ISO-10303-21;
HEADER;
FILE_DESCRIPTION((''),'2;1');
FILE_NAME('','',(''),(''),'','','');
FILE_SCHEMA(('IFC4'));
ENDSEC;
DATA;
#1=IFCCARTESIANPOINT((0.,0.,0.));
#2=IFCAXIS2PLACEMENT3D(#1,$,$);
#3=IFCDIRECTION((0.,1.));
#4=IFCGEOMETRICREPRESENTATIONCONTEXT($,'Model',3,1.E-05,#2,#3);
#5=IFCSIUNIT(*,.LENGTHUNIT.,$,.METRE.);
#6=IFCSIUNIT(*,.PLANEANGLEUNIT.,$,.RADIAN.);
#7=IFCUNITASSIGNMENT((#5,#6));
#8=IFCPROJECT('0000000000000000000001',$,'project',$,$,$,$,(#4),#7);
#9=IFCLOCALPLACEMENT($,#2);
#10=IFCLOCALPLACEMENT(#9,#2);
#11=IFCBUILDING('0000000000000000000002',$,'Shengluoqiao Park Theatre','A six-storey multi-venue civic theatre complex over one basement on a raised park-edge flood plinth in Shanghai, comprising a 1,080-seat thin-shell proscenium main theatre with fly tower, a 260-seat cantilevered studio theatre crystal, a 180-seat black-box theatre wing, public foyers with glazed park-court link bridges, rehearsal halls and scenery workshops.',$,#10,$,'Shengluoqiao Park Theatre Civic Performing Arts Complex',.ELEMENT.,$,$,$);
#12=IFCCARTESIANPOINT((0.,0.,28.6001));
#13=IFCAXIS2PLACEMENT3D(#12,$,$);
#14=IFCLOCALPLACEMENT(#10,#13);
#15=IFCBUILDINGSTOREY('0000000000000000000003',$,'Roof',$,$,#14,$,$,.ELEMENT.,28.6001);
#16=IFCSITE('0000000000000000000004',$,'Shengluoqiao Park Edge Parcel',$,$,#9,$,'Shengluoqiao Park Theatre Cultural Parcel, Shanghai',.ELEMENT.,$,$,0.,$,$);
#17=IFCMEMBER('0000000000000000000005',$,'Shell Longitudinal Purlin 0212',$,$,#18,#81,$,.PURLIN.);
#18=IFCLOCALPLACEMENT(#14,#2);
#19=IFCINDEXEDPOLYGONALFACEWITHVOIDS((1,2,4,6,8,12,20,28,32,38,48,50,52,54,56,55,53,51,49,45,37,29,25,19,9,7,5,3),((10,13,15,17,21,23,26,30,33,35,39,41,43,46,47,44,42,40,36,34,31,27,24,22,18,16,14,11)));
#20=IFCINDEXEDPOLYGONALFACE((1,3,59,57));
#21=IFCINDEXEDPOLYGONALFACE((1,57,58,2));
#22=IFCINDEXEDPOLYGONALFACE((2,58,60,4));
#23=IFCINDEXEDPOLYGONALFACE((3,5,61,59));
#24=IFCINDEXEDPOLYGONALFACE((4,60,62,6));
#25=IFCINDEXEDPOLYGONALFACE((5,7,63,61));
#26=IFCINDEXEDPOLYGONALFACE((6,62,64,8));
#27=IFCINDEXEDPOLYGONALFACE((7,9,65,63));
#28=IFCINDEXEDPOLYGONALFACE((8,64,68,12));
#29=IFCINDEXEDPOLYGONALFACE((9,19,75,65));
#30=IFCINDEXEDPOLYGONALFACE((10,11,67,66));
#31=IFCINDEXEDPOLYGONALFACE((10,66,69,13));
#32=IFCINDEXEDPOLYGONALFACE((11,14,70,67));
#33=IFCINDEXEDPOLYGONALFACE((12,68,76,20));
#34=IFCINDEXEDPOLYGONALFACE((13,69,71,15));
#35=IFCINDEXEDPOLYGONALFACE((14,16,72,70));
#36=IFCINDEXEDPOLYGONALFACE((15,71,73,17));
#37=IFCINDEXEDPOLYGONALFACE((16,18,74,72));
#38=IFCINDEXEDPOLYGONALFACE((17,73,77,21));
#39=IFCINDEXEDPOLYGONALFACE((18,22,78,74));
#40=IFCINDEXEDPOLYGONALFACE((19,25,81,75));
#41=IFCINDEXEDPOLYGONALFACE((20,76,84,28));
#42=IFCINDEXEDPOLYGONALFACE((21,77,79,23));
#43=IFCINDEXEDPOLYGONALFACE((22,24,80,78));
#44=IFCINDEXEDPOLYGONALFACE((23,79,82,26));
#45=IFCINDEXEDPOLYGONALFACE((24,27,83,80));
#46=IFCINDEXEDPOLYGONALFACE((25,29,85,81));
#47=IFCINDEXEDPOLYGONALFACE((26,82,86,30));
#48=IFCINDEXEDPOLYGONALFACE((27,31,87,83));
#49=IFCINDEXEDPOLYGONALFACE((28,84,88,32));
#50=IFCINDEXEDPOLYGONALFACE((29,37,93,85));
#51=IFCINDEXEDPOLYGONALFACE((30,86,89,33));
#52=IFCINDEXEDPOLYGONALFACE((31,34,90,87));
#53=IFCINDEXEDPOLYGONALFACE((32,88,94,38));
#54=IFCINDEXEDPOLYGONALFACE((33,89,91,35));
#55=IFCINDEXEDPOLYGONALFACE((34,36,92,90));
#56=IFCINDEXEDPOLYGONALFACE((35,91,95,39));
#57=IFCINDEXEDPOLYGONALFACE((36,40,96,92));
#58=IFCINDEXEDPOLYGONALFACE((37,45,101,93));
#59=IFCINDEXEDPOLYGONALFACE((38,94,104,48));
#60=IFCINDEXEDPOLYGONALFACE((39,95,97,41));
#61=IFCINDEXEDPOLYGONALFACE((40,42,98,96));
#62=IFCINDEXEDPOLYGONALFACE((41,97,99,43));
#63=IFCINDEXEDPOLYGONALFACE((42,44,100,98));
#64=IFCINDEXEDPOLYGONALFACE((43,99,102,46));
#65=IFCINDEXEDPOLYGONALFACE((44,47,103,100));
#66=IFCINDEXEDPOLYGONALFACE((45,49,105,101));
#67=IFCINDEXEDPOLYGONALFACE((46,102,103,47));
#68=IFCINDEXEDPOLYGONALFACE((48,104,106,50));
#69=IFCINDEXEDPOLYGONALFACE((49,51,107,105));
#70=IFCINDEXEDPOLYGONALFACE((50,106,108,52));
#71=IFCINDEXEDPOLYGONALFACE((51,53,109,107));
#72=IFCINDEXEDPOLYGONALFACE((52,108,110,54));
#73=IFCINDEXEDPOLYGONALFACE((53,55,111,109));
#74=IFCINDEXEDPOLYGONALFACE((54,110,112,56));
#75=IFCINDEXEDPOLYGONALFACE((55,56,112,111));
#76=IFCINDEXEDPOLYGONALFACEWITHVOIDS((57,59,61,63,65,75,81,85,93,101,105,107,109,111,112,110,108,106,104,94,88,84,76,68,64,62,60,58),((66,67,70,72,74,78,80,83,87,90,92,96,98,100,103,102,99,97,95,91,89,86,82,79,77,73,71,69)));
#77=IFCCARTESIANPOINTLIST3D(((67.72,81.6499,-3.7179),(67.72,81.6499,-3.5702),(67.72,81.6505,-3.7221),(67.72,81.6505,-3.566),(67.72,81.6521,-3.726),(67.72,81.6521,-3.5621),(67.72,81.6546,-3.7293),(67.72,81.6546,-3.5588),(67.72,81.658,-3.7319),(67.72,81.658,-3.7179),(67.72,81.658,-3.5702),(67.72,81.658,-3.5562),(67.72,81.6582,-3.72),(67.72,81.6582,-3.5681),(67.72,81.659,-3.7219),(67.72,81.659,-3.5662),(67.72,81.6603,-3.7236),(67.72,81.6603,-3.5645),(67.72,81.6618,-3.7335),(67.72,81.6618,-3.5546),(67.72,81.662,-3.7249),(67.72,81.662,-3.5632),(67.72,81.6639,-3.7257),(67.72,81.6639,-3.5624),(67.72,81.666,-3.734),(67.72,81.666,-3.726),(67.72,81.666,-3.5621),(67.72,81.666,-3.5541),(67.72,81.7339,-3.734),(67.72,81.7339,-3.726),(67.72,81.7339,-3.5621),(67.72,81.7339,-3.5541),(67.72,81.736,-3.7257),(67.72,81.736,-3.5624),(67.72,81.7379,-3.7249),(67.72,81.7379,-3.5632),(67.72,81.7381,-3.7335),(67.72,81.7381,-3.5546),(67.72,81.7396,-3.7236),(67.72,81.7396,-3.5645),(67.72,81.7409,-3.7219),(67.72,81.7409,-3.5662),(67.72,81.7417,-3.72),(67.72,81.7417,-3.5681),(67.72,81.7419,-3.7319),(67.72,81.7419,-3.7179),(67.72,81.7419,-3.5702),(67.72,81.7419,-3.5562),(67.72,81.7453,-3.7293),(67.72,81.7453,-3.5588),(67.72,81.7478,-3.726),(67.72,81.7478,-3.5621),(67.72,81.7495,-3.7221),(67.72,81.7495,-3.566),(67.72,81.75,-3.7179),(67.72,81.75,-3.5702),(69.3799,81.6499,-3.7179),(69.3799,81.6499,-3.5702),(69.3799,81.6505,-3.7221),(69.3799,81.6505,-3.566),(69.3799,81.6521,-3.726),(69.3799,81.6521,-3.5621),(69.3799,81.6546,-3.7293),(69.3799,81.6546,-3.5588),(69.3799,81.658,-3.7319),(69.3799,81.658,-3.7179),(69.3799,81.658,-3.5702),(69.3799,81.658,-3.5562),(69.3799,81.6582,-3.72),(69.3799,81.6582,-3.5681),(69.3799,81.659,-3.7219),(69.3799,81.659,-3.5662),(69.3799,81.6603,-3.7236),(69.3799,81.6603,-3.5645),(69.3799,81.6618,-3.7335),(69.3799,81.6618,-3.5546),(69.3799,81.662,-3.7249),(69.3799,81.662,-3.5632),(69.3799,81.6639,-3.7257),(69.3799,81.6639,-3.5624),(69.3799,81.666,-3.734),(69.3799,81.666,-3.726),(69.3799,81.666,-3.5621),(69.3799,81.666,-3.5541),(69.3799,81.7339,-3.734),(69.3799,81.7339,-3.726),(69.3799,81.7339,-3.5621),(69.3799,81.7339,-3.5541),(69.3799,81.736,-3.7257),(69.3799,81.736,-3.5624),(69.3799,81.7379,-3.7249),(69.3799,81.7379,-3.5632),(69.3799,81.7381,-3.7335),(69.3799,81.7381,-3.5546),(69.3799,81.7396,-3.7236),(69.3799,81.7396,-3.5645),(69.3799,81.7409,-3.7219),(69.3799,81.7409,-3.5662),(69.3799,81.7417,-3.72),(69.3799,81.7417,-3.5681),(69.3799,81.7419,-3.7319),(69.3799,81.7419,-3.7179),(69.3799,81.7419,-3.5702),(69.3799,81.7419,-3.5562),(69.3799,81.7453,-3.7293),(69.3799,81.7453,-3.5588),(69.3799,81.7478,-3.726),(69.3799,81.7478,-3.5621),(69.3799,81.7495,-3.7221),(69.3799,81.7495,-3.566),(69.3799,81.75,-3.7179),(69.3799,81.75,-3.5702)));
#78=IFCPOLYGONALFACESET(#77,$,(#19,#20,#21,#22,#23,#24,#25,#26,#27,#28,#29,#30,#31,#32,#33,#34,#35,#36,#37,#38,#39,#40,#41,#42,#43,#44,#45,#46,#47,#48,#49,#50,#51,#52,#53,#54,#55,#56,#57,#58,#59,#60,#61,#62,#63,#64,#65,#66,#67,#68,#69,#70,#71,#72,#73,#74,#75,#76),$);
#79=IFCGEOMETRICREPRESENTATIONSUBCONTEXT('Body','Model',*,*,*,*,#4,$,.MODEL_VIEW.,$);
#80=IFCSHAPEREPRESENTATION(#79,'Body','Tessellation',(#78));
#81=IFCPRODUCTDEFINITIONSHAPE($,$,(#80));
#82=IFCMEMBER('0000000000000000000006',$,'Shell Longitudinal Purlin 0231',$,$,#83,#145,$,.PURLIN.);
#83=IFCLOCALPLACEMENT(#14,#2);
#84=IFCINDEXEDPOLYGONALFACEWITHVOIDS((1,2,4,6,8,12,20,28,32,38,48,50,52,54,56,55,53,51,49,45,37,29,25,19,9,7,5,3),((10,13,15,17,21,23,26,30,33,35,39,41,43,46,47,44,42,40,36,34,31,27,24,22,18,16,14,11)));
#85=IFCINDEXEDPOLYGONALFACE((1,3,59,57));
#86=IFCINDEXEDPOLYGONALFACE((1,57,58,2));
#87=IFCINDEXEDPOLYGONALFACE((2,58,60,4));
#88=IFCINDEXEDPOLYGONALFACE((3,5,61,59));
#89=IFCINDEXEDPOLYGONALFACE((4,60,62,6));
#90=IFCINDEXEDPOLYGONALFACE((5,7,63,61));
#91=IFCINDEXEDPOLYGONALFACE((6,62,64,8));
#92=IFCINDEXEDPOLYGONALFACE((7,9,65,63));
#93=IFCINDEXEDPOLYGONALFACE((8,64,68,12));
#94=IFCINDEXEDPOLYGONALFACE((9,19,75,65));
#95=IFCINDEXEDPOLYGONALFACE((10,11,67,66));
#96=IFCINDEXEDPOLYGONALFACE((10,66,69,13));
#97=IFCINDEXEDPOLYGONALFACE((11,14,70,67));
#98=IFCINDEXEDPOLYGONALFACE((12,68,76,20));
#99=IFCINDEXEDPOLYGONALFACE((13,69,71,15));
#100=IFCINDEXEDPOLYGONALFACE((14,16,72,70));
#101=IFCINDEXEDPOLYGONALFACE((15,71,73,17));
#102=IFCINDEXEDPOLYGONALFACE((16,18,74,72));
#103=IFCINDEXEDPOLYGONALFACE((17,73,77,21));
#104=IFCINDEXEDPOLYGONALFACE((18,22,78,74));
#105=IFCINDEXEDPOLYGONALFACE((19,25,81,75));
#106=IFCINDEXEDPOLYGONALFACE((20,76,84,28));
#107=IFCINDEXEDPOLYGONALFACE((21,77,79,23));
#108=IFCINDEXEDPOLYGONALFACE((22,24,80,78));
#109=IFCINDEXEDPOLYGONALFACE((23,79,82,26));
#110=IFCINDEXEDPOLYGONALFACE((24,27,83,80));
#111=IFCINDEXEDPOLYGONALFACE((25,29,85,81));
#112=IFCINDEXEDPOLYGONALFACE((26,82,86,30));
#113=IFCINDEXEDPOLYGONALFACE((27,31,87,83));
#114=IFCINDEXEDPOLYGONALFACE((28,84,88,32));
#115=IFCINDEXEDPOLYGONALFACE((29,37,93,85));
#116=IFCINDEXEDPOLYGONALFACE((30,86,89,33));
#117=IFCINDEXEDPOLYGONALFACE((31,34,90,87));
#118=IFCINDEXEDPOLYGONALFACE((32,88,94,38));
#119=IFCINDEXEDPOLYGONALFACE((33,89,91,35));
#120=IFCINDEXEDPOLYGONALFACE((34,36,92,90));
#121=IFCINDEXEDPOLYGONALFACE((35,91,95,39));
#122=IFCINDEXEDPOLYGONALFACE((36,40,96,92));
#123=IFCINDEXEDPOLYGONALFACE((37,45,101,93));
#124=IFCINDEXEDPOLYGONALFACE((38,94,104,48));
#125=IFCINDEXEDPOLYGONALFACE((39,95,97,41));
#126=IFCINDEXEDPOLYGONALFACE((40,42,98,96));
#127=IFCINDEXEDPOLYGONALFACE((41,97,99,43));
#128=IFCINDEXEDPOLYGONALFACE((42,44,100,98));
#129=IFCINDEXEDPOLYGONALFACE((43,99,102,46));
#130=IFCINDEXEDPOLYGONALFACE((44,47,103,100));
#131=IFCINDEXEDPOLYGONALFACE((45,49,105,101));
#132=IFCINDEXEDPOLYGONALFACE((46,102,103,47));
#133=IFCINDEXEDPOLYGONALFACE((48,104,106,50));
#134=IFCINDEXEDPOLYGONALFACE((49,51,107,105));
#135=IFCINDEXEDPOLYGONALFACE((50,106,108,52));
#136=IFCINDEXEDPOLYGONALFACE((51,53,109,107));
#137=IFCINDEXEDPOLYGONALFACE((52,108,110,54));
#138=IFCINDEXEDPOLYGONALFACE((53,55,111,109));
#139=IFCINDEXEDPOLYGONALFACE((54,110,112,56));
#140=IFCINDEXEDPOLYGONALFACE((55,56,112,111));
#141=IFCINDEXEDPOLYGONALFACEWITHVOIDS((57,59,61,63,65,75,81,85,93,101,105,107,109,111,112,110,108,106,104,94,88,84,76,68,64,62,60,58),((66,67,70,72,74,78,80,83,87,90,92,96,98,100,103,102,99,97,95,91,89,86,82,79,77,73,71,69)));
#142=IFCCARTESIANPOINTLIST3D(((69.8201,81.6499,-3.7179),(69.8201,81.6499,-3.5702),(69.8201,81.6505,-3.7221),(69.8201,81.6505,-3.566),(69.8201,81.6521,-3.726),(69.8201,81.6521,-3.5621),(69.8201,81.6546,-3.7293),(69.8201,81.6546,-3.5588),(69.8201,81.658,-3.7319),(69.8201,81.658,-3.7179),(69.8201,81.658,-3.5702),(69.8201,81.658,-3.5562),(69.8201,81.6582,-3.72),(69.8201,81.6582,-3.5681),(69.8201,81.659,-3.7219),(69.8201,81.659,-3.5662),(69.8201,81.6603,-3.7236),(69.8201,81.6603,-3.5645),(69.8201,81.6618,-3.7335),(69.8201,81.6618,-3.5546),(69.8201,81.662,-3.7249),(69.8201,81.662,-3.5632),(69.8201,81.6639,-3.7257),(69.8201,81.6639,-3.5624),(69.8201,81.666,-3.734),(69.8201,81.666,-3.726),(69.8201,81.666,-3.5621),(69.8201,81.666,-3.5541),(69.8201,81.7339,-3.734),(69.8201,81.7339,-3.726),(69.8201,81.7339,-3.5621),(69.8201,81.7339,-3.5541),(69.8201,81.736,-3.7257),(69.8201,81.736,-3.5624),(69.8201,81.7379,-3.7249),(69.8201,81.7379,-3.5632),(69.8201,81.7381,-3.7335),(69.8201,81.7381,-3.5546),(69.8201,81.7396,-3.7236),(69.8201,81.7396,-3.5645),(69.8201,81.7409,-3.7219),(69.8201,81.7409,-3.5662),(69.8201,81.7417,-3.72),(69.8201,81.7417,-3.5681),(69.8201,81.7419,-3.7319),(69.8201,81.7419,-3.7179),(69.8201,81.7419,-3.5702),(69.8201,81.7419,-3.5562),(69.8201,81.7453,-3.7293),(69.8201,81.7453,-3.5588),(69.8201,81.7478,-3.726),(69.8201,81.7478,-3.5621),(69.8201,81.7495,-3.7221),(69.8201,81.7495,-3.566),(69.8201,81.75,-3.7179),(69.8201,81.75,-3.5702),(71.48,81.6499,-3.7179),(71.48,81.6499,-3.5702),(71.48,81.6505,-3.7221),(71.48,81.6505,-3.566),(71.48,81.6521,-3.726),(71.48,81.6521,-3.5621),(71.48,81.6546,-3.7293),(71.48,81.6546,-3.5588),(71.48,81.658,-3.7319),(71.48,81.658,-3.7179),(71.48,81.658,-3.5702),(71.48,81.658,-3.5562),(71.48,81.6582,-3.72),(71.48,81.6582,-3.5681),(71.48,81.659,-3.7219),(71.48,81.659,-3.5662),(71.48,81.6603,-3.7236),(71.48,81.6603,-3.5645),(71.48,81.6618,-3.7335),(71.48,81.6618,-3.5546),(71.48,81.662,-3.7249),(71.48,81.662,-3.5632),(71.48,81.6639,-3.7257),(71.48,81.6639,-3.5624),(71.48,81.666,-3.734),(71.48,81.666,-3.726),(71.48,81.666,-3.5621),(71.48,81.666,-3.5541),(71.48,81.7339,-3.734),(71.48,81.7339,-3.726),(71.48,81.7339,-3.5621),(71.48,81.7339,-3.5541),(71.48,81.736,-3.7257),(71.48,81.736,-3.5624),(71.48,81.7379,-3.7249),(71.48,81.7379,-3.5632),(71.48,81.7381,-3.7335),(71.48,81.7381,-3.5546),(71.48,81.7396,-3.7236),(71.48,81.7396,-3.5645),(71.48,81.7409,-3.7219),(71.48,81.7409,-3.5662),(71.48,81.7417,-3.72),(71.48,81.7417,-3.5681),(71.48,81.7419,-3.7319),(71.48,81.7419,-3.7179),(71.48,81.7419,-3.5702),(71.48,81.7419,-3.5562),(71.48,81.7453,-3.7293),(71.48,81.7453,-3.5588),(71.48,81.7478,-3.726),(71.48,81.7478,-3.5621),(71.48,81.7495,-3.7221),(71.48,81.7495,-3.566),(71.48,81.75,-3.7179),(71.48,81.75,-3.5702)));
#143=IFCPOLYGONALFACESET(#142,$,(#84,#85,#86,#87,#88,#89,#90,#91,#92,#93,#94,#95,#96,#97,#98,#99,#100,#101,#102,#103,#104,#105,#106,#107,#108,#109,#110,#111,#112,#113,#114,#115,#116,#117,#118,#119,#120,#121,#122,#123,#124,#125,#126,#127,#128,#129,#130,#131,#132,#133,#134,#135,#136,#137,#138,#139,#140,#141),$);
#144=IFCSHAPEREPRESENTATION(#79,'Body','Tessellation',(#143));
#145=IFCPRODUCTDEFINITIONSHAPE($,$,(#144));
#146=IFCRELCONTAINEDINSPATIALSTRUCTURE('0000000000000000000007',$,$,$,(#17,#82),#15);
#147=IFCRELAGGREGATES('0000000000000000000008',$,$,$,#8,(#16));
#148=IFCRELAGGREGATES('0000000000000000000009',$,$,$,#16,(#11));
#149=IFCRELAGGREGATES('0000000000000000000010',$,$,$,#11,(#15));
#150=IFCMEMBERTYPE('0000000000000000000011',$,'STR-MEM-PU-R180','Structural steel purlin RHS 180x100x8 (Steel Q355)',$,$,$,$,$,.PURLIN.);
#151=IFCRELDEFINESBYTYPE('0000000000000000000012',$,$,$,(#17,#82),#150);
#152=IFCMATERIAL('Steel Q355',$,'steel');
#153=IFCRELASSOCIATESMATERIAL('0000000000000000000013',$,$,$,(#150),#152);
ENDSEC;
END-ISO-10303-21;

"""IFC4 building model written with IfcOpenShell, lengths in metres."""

from ifc_helpers import new_model, si_unit, direction, frame, origin, origin_2d, place, context, subcontext, project, spatial, hollow_rectangle, extrude, material, material_profile, profile_set, type_object, element, save


model = new_model("IFC4")

# Units and contexts
model_context = context("Model", 3, precision=1e-05, world=origin(), true_north=direction((0.0, 1.0)))
body_context = subcontext(model_context, "Body", "Model", "MODEL_VIEW")
ifc_project = project(units=[si_unit("LENGTHUNIT", "METRE"), si_unit("PLANEANGLEUNIT", "RADIAN")], contexts=[model_context])

# Site, building, storey
site_placement = place(None, origin())
site = spatial("IfcSite", under=ifc_project, at=site_placement, Name="Shengluoqiao Park Edge Parcel", LongName="Shengluoqiao Park Theatre Cultural Parcel, Shanghai", CompositionType="ELEMENT", RefElevation=0.0)
building_placement = place(site_placement, origin())
building = spatial("IfcBuilding", under=site, at=building_placement, Name="Shengluoqiao Park Theatre", Description="A six-storey multi-venue civic theatre complex over one basement on a raised park-edge flood plinth in Shanghai, comprising a 1,080-seat thin-shell proscenium main theatre with fly tower, a 260-seat cantilevered studio theatre crystal, a 180-seat black-box theatre wing, public foyers with glazed park-court link bridges, rehearsal halls and scenery workshops.", LongName="Shengluoqiao Park Theatre Civic Performing Arts Complex", CompositionType="ELEMENT")
storey_placement = place(building_placement, frame((0.0, 0.0, 28.6001)))
storey = spatial("IfcBuildingStorey", under=building, at=storey_placement, Name="Roof", CompositionType="ELEMENT", Elevation=28.6001)

# Shared definitions
ifc_material_1 = material(Name="Steel Q355", Category="steel")

# Members
ifc_material_profile_1 = material_profile(ifc_material_1, hollow_rectangle(XDim=0.1001, YDim=0.1799, WallThickness=0.0081, InnerFilletRadius=0.0081, OuterFilletRadius=0.0161, at=origin_2d()), Name="RHS 180x100x8")
ifc_profile_set_1 = profile_set([ifc_material_profile_1], Name="Steel Q355")
member_type_1 = type_object("IfcMemberType", Name="STR-MEM-PU-R180", Description="Structural steel purlin RHS 180x100x8 (Steel Q355)", PredefinedType="PURLIN", material=ifc_profile_set_1)
for number, where, z_axis, x_axis, name in (
    (1, (67.72, 81.7, -3.644), (1.0, 0.0, 0.0), (0.0, 1.0, 0.0), "Shell Longitudinal Purlin 0212"),
    (2, (69.8201, 81.7, -3.644), (1.0, 0.0, 0.0), (0.0, 1.0, 0.0), "Shell Longitudinal Purlin 0231"),
):
    element("IfcMember", number, at=place(storey_placement, frame(where, z_axis=z_axis, x_axis=x_axis)), inside=storey, type_object=member_type_1, Name=name, PredefinedType="PURLIN", context=body_context, shape_type="SweptSolid", body=[
        extrude(hollow_rectangle(XDim=0.1001, YDim=0.1799, WallThickness=0.0081, InnerFilletRadius=0.0081, OuterFilletRadius=0.0161, at=origin_2d()), origin(), (0.0, 0.0, 1.0), 1.6599),
    ])

save(model, "model.ifc")
